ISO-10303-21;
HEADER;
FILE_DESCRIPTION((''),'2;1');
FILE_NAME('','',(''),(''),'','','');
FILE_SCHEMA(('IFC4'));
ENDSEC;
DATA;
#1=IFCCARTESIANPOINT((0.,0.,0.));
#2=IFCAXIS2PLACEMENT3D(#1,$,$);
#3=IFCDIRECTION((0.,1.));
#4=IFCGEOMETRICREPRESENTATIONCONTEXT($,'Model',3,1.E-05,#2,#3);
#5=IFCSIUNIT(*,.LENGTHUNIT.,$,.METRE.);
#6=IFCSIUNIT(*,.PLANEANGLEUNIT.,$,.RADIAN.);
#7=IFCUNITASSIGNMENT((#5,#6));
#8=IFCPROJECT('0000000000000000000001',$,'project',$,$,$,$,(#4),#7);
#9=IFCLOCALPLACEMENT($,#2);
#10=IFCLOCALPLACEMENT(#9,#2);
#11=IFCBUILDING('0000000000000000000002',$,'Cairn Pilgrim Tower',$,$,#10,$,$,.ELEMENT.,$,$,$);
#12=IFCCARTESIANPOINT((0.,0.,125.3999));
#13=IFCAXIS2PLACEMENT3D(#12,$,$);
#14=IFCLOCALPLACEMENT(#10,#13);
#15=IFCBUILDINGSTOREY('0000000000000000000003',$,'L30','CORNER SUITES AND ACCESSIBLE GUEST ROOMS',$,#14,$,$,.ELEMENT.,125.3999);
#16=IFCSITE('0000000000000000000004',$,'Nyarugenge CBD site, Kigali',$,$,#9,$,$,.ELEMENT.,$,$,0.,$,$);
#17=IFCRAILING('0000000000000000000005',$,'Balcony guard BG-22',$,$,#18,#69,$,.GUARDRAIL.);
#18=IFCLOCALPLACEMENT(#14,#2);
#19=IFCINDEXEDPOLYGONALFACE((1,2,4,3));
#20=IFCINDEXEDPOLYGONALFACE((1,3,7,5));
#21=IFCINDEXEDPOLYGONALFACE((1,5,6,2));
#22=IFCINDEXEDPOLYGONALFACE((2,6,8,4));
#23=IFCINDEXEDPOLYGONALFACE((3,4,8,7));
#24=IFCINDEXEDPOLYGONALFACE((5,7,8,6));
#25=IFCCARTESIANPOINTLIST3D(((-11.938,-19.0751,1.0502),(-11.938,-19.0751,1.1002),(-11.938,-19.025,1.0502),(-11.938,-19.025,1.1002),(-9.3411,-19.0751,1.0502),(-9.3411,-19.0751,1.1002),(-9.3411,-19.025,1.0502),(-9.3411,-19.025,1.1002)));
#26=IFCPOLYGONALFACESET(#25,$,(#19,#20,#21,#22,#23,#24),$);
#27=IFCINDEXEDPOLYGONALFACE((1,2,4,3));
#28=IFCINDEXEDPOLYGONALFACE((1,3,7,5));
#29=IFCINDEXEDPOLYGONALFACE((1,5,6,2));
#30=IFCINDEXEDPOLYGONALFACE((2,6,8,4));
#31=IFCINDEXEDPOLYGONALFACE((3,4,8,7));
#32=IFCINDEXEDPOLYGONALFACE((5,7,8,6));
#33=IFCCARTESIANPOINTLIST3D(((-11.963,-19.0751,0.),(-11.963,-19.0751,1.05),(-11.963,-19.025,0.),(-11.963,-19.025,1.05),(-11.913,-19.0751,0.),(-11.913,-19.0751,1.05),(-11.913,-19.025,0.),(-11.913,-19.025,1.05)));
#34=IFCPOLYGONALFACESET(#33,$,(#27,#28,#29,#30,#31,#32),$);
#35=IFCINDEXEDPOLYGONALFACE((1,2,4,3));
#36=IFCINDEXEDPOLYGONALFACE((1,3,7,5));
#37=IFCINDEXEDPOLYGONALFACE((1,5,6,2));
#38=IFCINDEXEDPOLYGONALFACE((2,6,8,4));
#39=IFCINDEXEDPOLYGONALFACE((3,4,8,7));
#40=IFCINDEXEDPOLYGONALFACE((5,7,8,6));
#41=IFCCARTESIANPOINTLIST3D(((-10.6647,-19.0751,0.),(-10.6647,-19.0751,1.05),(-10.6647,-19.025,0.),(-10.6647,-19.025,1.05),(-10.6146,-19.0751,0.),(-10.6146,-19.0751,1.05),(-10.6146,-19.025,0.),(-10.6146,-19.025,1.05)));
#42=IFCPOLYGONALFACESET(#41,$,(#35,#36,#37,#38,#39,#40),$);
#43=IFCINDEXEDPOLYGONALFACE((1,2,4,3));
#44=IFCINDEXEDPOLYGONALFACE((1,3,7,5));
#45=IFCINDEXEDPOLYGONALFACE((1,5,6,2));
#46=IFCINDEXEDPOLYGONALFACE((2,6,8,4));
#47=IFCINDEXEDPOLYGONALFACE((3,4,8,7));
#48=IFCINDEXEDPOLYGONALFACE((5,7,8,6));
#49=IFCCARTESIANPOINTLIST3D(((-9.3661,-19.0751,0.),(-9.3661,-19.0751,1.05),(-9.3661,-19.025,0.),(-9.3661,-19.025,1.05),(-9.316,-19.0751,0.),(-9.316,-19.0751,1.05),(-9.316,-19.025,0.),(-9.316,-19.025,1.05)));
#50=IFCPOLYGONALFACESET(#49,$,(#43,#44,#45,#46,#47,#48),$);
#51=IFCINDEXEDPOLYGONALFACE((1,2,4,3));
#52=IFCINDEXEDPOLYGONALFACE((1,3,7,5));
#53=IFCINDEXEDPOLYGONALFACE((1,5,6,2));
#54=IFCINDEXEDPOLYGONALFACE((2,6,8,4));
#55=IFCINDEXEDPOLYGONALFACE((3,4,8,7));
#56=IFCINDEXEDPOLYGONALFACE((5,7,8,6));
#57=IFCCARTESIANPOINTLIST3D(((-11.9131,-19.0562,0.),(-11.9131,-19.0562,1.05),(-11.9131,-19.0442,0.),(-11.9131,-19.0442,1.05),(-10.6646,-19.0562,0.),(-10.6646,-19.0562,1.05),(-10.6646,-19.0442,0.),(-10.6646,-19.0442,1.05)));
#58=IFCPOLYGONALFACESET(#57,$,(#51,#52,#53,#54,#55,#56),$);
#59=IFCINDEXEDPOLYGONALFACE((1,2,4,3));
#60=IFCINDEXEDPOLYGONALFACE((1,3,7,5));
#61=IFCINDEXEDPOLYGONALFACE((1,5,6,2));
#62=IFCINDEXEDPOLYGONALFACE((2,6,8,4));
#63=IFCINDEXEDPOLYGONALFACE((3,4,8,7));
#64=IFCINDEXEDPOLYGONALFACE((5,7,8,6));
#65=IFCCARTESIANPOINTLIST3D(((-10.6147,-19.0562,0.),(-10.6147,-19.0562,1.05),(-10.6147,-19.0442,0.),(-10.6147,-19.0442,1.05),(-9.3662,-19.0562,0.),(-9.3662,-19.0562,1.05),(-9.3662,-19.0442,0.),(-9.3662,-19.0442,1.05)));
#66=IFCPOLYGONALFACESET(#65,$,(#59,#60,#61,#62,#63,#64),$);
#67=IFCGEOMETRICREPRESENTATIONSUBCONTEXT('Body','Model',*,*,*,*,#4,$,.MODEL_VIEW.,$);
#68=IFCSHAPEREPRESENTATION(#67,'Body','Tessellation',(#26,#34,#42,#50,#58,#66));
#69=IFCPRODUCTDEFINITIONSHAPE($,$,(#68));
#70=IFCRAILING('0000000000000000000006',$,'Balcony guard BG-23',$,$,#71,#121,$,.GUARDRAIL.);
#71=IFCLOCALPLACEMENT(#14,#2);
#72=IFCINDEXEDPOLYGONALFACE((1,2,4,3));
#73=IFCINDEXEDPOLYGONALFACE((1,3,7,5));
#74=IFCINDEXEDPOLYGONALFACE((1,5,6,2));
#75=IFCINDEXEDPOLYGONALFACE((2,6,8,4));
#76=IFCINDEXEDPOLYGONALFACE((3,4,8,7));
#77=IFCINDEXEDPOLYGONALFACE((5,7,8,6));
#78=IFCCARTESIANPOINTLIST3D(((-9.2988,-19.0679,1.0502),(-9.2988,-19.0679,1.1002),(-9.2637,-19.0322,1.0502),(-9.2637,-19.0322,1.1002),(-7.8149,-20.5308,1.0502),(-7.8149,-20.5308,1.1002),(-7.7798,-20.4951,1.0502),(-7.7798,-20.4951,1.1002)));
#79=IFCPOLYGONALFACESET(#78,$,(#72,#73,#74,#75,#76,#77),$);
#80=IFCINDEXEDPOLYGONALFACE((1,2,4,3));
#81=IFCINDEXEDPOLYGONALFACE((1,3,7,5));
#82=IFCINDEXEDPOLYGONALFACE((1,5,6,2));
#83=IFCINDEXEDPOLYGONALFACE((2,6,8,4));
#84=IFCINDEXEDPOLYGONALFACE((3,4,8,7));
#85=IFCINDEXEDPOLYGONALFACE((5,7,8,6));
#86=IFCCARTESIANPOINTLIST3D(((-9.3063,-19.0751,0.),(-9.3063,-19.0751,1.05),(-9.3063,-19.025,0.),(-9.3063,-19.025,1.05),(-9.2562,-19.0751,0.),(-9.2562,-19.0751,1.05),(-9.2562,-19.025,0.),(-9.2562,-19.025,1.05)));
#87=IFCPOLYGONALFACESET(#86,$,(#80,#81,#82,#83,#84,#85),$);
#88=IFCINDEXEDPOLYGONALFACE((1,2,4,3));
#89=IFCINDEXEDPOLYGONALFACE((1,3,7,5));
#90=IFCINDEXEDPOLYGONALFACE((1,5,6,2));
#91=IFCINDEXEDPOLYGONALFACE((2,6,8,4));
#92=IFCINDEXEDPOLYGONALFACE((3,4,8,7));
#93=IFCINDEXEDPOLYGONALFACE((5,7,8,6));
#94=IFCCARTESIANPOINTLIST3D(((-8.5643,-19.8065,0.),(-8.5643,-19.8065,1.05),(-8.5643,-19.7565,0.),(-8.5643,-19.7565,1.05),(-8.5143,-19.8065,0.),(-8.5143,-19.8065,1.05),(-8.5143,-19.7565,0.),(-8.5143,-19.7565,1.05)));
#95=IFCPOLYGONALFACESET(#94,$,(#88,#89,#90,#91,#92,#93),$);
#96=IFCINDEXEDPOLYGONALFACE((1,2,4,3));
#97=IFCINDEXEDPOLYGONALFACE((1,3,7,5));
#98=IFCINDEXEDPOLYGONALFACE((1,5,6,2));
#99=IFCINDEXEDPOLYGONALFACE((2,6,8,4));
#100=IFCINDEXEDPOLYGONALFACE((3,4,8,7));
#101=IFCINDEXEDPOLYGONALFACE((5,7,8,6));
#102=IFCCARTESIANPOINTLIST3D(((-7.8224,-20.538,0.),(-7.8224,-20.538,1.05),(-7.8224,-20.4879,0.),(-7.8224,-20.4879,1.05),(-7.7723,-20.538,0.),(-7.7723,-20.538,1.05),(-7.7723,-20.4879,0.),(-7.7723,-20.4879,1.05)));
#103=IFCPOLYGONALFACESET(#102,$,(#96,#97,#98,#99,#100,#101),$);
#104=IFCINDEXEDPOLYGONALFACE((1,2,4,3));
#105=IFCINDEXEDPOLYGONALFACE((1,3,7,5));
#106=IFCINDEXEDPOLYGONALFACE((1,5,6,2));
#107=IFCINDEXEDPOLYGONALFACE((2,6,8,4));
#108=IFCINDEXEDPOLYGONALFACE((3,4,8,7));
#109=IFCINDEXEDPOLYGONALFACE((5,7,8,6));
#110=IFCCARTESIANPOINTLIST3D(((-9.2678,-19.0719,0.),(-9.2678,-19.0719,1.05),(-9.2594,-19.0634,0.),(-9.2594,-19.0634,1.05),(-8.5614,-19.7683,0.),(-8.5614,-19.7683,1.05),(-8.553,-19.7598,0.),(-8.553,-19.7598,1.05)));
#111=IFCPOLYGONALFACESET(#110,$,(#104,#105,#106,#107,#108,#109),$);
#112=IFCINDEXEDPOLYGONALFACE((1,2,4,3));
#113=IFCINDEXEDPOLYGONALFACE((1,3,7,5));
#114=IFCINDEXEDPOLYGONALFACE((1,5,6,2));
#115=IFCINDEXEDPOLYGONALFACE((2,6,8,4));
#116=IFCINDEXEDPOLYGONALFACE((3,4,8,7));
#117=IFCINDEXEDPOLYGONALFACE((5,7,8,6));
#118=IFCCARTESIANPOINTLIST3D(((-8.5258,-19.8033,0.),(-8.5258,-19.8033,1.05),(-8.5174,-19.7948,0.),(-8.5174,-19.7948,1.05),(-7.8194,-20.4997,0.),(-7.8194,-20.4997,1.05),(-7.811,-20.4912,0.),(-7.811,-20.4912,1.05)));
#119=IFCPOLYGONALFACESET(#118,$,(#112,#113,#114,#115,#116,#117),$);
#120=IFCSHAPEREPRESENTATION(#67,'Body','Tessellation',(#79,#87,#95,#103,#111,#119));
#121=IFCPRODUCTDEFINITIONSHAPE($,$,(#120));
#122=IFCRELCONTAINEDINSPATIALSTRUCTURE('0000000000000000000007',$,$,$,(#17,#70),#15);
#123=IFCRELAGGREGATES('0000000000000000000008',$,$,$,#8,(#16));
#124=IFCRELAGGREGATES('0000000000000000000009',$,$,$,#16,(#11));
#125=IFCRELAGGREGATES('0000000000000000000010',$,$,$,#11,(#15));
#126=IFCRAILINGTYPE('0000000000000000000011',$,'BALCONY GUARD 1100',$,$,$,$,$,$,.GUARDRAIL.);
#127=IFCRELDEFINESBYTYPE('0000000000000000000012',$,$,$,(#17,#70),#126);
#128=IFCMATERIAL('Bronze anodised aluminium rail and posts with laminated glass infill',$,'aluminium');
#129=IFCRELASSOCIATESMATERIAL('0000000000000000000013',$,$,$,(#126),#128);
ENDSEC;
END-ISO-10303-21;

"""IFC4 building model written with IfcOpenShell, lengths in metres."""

from ifc_helpers import new_model, si_unit, direction, frame, origin, origin_2d, place, context, subcontext, project, spatial, polyline, rectangle, outline, extrude, material, type_object, element, save


model = new_model("IFC4")

# Units and contexts
model_context = context("Model", 3, precision=1e-05, world=origin(), true_north=direction((0.0, 1.0)))
body_context = subcontext(model_context, "Body", "Model", "MODEL_VIEW")
ifc_project = project(units=[si_unit("LENGTHUNIT", "METRE"), si_unit("PLANEANGLEUNIT", "RADIAN")], contexts=[model_context])

# Site, building, storey
site_placement = place(None, origin())
site = spatial("IfcSite", under=ifc_project, at=site_placement, Name="Nyarugenge CBD site, Kigali", CompositionType="ELEMENT", RefElevation=0.0)
building_placement = place(site_placement, origin())
building = spatial("IfcBuilding", under=site, at=building_placement, Name="Cairn Pilgrim Tower", CompositionType="ELEMENT")
storey_placement = place(building_placement, frame((0.0, 0.0, 125.3999)))
storey = spatial("IfcBuildingStorey", under=building, at=storey_placement, Name="L30", Description="CORNER SUITES AND ACCESSIBLE GUEST ROOMS", CompositionType="ELEMENT", Elevation=125.3999)

# Railings
ifc_material_1 = material(Name="Bronze anodised aluminium rail and posts with laminated glass infill", Category="aluminium")
railing_type = type_object("IfcRailingType", Name="BALCONY GUARD 1100", PredefinedType="GUARDRAIL", material=ifc_material_1)
railing_1_placement = place(storey_placement, frame((-11.938, -19.05, 0.0)))
element("IfcRailing", 1, at=railing_1_placement, inside=storey, type_object=railing_type, Name="Balcony guard BG-22", PredefinedType="GUARDRAIL", context=body_context, shape_type="SweptSolid", body=[
    extrude(rectangle(XDim=0.05, YDim=0.05, at=origin_2d()), frame((0.0, 0.0, 1.0752), z_axis=(1.0, 0.0, 0.0), x_axis=(0.0, 1.0, 0.0)), (0.0, 0.0, 1.0), 2.5969),
    extrude(rectangle(XDim=0.05, YDim=0.05, at=origin_2d()), origin(), (0.0, 0.0, 1.0), 1.05),
    extrude(rectangle(XDim=0.05, YDim=0.05, at=origin_2d()), frame((1.2983, 0.0, 0.0)), (0.0, 0.0, 1.0), 1.05),
    extrude(rectangle(XDim=0.05, YDim=0.05, at=origin_2d()), frame((2.5969, 0.0, 0.0)), (0.0, 0.0, 1.0), 1.05),
    extrude(outline(polyline([(0.0249, 0.0), (1.2734, 0.0), (1.2734, 1.05), (0.0249, 1.05), (0.0249, 0.0)])), frame((0.0, 0.0059, 0.0), z_axis=(0.0, -1.0, 0.0), x_axis=(1.0, 0.0, 0.0)), (0.0, 0.0, 1.0), 0.012),
    extrude(outline(polyline([(0.0249, 0.0), (1.2734, 0.0), (1.2734, 1.05), (0.0249, 1.05), (0.0249, 0.0)])), frame((1.2983, 0.0059, 0.0), z_axis=(0.0, -1.0, 0.0), x_axis=(1.0, 0.0, 0.0)), (0.0, 0.0, 1.0), 0.012),
])
railing_2_placement = place(storey_placement, frame((-9.2812, -19.05, 0.0)))
element("IfcRailing", 2, at=railing_2_placement, inside=storey, type_object=railing_type, Name="Balcony guard BG-23", PredefinedType="GUARDRAIL", context=body_context, shape_type="SweptSolid", body=[
    extrude(rectangle(XDim=0.05, YDim=0.05, at=origin_2d()), frame((0.0, 0.0, 1.0752), z_axis=(0.712127, -0.702051, 0.0), x_axis=(0.702051, 0.712127, 0.0)), (0.0, 0.0, 1.0), 2.0837),
    extrude(rectangle(XDim=0.05, YDim=0.05, at=origin_2d()), origin(), (0.0, 0.0, 1.0), 1.05),
    extrude(rectangle(XDim=0.05, YDim=0.05, at=origin_2d()), frame((0.7419, -0.7314, 0.0)), (0.0, 0.0, 1.0), 1.05),
    extrude(rectangle(XDim=0.05, YDim=0.05, at=origin_2d()), frame((1.4839, -1.4629, 0.0)), (0.0, 0.0, 1.0), 1.05),
    extrude(outline(polyline([(0.0249, 0.0), (1.0168, 0.0), (1.0168, 1.05), (0.0249, 1.05), (0.0249, 0.0)])), frame((0.0042, 0.0042, 0.0), z_axis=(-0.702051, -0.712127, 0.0), x_axis=(0.712127, -0.702051, 0.0)), (0.0, 0.0, 1.0), 0.012),
    extrude(outline(polyline([(0.0249, 0.0), (1.0168, 0.0), (1.0168, 1.05), (0.0249, 1.05), (0.0249, 0.0)])), frame((0.7461, -0.7273, 0.0), z_axis=(-0.702051, -0.712127, 0.0), x_axis=(0.712127, -0.702051, 0.0)), (0.0, 0.0, 1.0), 0.012),
])

save(model, "model.ifc")
